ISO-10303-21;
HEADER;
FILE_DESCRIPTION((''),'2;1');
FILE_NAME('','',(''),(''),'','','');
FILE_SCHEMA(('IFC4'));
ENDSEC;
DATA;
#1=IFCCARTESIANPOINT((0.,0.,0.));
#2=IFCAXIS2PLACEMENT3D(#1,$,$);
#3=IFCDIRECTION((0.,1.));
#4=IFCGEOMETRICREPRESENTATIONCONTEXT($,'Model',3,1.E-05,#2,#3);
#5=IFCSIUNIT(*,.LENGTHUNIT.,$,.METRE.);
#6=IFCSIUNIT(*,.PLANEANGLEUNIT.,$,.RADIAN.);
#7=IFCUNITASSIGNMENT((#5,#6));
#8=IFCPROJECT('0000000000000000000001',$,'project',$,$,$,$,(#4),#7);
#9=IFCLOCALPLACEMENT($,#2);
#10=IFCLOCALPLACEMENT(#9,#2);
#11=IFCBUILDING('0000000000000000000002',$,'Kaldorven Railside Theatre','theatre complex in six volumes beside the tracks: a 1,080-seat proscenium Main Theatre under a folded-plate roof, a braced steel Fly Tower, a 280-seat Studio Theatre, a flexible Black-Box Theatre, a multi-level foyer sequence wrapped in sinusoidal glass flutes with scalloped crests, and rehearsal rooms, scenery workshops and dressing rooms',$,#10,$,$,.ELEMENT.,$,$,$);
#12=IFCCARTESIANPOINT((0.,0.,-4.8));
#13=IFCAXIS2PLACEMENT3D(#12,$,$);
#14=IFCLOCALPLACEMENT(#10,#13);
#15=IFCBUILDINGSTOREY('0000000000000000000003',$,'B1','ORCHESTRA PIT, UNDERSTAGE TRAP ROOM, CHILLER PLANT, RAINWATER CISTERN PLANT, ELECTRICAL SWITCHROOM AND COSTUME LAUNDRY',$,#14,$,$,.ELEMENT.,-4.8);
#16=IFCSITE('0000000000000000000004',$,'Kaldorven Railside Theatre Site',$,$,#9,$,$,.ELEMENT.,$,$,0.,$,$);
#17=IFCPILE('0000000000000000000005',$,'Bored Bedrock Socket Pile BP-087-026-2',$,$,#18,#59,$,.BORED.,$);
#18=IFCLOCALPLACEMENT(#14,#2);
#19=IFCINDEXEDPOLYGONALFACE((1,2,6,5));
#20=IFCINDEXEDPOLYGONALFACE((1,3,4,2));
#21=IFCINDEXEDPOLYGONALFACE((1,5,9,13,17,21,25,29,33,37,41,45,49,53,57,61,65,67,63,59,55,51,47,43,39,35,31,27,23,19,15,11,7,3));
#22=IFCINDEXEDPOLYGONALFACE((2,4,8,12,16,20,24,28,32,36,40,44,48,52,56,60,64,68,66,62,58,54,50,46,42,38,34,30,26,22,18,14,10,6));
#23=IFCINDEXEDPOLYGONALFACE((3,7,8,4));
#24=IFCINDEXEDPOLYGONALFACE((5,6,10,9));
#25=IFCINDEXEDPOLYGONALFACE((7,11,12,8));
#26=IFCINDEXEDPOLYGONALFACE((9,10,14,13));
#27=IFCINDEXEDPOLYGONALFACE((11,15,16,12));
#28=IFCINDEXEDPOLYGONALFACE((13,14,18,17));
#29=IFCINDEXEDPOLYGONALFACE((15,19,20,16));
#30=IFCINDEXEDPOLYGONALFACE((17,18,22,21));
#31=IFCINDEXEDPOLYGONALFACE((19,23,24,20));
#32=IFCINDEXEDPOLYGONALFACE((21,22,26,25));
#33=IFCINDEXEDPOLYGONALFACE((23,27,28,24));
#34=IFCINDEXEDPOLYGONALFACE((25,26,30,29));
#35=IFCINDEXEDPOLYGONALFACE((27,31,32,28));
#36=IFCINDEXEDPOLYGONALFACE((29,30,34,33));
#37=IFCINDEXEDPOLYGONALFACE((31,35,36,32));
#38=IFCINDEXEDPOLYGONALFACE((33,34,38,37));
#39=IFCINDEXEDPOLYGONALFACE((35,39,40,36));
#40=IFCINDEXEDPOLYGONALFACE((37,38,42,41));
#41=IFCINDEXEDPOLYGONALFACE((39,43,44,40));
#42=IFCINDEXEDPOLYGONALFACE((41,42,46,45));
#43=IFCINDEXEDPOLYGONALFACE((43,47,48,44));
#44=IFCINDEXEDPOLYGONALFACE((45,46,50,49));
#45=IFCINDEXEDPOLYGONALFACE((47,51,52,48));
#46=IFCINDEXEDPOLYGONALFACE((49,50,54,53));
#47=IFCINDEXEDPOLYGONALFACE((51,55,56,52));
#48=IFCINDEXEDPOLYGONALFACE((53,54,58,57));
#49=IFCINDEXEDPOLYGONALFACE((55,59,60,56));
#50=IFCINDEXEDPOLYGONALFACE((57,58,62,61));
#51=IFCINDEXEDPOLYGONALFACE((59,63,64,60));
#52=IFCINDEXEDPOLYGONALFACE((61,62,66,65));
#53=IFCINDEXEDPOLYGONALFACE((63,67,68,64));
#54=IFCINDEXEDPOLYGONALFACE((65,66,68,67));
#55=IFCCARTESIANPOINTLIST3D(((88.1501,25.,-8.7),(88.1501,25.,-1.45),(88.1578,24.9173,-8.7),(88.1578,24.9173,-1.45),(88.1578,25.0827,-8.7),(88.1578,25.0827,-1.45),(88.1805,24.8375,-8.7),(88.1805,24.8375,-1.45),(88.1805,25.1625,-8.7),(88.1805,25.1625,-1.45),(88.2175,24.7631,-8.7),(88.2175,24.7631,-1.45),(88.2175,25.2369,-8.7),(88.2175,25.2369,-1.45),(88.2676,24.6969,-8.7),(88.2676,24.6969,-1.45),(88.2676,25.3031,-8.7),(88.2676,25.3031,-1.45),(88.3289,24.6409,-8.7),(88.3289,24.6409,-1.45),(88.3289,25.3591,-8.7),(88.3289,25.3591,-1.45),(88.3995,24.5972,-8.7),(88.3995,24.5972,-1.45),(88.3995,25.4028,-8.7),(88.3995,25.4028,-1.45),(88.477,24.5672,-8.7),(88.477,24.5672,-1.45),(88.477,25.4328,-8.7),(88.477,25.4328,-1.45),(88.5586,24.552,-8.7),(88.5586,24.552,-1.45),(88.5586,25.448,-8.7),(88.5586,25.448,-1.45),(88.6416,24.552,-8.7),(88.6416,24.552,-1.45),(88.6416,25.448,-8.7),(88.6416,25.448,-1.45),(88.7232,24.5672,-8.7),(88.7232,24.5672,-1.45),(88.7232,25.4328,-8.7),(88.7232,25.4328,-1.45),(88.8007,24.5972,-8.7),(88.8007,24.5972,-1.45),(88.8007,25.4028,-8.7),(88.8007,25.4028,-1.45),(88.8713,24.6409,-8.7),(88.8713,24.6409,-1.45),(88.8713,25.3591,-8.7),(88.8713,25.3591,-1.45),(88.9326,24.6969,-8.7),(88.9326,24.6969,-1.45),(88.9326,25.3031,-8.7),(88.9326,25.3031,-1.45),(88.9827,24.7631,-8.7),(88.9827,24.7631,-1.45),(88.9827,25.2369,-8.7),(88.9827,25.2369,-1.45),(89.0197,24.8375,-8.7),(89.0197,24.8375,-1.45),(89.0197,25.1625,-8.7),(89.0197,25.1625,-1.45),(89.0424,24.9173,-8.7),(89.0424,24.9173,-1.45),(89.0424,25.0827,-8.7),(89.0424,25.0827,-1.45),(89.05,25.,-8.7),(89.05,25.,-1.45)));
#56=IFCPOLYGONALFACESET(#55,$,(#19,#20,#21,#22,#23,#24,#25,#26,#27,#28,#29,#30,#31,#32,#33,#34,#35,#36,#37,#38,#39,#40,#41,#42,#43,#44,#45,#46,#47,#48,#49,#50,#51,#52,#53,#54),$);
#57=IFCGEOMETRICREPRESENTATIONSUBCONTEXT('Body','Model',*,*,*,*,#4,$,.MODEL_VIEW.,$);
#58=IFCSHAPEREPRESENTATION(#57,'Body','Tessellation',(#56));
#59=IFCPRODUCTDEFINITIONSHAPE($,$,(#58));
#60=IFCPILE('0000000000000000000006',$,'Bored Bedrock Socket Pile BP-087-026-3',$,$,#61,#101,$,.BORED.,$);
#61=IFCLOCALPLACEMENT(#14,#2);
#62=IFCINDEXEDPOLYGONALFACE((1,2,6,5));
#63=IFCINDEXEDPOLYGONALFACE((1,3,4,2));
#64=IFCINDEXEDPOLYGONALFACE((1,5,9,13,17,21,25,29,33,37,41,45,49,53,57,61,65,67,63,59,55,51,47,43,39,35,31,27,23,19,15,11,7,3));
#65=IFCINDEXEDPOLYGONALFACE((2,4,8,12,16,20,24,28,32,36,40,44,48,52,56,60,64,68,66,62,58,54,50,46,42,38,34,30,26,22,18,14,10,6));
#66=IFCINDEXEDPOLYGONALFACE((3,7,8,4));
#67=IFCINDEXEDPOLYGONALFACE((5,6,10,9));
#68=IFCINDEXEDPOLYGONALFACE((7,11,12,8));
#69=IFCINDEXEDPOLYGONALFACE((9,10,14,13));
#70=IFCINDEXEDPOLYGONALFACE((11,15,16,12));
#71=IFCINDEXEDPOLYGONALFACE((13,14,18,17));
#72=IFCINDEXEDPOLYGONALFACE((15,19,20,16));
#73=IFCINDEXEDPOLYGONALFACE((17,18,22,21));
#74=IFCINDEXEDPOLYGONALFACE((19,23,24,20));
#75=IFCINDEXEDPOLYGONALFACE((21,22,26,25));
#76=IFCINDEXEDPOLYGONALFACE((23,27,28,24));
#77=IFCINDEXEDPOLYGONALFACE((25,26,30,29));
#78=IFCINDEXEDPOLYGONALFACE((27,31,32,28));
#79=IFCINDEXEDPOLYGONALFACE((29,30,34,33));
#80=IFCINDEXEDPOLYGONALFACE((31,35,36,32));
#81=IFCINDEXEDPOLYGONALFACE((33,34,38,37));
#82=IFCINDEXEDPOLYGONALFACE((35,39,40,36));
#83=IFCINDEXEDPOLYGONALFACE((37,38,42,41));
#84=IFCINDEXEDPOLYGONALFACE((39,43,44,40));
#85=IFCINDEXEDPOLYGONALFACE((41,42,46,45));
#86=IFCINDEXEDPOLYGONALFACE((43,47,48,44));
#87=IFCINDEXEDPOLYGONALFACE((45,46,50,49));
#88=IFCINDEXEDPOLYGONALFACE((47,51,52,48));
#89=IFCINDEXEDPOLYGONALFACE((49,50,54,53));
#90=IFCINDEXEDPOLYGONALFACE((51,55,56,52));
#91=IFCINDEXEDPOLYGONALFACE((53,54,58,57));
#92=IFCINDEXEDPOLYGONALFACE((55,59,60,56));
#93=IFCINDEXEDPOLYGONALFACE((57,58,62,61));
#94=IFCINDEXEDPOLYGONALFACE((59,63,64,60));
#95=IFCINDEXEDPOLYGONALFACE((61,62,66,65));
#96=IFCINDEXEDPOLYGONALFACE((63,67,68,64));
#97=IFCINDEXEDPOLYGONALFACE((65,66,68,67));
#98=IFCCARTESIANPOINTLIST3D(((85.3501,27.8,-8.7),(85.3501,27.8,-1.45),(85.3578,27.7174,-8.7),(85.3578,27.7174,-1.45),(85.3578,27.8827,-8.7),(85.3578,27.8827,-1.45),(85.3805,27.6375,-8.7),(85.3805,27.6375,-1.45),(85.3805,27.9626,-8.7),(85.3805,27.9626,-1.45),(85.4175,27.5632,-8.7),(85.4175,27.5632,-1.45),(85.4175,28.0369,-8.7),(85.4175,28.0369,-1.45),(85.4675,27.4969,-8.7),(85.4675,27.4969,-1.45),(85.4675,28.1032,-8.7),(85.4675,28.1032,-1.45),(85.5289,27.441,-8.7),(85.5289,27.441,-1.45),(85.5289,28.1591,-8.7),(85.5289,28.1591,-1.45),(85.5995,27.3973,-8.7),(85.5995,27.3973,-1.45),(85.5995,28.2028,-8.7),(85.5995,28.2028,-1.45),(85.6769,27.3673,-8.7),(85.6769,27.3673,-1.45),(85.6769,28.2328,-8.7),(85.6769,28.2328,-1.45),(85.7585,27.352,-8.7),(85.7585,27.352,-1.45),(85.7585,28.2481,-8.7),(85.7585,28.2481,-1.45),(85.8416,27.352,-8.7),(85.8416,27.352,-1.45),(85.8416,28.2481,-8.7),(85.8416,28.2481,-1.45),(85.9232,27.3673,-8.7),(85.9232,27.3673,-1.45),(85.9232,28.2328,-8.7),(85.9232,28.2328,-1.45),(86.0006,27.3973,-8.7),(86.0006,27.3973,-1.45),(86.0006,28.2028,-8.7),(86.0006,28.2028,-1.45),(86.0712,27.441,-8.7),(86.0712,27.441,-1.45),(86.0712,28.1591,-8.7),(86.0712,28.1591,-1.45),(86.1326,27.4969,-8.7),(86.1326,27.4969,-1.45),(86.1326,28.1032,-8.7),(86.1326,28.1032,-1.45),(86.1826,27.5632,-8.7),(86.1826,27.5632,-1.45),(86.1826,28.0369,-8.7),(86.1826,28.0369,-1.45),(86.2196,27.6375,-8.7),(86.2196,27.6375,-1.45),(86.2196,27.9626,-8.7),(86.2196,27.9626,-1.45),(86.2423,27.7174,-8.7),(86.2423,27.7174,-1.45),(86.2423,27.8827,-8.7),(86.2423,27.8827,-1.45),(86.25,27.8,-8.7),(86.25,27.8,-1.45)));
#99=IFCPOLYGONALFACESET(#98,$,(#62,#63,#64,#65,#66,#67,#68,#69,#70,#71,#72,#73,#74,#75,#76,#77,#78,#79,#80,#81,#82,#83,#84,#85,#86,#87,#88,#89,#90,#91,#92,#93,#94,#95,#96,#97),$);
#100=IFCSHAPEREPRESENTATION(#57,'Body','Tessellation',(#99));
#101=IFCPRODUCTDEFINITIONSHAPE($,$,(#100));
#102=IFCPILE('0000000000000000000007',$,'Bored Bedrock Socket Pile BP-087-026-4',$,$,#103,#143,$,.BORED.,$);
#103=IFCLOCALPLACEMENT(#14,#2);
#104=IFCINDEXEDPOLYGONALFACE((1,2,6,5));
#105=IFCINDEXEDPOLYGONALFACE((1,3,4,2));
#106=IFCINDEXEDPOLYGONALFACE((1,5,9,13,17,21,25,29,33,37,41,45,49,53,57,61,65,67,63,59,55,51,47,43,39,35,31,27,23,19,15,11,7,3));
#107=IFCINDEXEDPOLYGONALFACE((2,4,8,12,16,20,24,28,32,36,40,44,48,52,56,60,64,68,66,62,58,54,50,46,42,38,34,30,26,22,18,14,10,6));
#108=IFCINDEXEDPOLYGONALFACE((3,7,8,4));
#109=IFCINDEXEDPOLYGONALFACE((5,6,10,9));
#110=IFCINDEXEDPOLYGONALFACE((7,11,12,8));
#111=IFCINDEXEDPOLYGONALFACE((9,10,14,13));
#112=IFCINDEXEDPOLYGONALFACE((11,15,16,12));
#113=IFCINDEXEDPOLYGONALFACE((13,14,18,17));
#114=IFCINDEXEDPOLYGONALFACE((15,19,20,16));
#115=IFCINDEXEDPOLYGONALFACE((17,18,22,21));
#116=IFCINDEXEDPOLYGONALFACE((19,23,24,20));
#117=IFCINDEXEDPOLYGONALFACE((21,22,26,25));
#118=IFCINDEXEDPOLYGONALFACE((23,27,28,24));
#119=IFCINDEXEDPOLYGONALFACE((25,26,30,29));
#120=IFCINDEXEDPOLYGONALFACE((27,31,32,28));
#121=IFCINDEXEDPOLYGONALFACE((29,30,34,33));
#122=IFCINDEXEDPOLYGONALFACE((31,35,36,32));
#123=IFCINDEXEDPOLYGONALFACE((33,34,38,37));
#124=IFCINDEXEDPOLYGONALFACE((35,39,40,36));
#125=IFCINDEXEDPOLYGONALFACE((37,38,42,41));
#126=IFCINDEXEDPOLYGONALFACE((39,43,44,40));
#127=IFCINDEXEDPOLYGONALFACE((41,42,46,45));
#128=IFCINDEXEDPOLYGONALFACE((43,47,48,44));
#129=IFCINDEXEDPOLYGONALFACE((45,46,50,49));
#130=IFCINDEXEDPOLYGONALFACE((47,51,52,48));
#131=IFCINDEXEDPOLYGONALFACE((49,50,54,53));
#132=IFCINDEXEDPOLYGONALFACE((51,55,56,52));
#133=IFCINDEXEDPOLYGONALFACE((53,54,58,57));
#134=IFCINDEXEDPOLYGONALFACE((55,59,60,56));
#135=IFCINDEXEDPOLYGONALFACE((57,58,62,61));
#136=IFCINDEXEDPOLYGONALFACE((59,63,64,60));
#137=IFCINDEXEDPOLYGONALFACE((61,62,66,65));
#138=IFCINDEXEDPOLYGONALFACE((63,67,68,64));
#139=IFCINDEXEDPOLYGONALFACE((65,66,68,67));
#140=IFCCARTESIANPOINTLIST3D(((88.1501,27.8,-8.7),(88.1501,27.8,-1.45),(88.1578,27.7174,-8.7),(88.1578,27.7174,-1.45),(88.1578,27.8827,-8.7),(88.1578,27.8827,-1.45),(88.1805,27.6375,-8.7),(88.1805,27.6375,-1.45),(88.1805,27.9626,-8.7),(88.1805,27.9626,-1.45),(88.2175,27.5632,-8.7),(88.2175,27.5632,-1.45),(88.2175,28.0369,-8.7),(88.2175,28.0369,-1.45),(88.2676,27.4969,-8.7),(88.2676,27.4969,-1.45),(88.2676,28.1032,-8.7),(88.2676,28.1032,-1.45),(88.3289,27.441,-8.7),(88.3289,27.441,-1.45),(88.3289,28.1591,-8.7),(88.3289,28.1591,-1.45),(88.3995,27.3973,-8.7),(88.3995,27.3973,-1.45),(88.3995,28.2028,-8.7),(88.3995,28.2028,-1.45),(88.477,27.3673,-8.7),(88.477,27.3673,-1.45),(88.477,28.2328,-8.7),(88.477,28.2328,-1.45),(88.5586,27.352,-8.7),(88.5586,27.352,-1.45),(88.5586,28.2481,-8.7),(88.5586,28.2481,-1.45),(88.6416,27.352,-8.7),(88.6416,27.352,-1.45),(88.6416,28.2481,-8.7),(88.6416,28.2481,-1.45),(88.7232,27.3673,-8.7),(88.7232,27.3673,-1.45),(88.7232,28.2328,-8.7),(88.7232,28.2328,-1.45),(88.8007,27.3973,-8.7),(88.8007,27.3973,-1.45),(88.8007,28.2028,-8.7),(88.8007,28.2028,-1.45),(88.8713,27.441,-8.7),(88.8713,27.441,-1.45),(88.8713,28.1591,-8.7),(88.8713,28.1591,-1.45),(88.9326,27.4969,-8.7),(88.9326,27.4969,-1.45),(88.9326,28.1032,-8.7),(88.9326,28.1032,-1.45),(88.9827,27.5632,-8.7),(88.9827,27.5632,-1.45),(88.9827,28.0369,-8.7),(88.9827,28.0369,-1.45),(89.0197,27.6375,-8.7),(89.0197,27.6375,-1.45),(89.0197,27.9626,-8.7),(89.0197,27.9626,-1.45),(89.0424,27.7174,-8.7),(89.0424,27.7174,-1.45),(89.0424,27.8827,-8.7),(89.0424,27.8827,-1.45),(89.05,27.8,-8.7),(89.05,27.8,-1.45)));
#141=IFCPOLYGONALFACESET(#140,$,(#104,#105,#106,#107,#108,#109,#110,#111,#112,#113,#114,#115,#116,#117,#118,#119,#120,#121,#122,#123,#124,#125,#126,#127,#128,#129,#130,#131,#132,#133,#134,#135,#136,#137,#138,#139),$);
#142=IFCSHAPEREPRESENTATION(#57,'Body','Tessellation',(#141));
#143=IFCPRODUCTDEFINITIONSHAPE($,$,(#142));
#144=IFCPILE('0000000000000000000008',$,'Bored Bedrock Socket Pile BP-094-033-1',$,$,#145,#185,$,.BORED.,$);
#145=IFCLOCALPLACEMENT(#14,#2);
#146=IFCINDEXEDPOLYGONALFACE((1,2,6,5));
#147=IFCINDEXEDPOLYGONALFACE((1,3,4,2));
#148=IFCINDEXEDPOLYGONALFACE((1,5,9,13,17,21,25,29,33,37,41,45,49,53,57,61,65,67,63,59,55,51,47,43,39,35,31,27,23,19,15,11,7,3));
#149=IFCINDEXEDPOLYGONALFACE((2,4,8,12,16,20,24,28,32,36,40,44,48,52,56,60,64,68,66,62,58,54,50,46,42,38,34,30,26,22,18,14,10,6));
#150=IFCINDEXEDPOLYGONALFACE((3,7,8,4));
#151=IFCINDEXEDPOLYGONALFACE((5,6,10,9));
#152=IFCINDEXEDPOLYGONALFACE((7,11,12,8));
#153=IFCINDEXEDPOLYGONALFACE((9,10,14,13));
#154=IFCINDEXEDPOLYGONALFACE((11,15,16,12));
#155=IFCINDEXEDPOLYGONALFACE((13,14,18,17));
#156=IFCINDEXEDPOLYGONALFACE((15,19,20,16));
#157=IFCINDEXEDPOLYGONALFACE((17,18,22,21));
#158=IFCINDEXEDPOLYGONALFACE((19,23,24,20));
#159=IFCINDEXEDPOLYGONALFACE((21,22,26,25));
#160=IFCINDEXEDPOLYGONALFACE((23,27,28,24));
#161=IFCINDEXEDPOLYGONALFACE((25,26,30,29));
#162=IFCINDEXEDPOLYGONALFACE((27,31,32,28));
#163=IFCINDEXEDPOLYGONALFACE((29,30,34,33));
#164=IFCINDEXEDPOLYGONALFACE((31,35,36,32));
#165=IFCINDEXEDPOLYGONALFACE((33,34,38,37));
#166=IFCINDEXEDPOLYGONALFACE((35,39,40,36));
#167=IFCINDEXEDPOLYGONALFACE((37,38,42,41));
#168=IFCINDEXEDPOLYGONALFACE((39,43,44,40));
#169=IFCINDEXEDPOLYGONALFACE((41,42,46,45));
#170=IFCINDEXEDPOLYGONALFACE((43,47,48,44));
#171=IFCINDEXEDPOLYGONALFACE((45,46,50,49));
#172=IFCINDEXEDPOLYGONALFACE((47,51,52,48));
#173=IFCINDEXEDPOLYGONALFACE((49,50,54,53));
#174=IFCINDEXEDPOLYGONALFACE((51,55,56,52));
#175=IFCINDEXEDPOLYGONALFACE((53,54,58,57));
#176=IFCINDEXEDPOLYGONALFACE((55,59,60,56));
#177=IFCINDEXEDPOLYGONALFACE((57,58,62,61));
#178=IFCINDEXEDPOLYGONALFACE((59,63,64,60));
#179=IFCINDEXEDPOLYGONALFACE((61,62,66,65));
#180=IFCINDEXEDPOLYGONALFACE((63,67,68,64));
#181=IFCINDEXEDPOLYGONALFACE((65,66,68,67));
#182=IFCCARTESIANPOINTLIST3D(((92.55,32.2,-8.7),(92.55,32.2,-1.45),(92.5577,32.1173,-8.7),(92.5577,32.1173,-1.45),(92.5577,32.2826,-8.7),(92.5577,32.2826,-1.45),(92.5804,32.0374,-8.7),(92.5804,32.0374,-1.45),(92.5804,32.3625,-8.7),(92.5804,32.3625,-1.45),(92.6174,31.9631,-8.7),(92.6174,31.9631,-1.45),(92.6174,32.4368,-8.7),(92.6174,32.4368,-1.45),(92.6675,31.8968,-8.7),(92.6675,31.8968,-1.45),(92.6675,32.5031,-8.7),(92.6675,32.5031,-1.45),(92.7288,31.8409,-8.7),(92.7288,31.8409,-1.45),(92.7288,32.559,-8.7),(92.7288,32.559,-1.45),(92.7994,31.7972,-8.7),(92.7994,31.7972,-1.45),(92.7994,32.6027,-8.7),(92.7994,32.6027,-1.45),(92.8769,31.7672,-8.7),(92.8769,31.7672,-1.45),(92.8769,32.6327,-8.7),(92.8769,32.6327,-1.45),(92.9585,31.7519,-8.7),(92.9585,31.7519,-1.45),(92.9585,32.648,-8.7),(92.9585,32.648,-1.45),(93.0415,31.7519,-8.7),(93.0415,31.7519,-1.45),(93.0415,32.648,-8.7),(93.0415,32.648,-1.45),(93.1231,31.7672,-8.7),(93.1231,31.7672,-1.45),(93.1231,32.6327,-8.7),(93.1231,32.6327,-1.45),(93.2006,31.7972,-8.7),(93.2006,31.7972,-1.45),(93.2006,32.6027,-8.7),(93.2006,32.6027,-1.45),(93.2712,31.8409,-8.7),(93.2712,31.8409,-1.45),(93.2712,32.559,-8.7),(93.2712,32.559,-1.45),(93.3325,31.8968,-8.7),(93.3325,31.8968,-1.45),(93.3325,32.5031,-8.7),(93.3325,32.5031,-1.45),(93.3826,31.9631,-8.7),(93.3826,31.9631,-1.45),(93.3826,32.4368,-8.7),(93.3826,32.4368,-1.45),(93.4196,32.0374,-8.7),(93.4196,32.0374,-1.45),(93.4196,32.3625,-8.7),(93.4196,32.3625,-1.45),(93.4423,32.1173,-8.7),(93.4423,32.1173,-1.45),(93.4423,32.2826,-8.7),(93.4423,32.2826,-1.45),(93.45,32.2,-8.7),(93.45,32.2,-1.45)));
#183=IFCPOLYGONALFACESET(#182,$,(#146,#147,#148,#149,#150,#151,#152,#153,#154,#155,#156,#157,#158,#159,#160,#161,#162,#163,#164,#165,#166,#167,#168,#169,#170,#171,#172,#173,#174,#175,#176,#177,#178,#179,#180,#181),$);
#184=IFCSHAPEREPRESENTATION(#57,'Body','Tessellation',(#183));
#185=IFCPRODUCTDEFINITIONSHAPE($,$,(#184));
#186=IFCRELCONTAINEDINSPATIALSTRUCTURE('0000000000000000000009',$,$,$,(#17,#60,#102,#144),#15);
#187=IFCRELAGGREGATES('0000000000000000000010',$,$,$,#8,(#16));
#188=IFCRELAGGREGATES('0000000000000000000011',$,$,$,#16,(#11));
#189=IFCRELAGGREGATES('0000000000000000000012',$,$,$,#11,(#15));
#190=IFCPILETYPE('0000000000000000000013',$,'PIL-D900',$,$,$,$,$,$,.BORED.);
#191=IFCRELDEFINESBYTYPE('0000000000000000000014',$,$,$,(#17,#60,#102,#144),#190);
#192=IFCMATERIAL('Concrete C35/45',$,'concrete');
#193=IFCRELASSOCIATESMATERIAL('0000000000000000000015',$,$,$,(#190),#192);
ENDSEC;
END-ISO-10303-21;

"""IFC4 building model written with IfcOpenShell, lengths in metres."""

from ifc_helpers import new_model, si_unit, direction, frame, origin, origin_2d, place, context, subcontext, project, spatial, circle, extrude, material, material_profile, profile_set, type_object, element, save


model = new_model("IFC4")

# Units and contexts
model_context = context("Model", 3, precision=1e-05, world=origin(), true_north=direction((0.0, 1.0)))
body_context = subcontext(model_context, "Body", "Model", "MODEL_VIEW")
ifc_project = project(units=[si_unit("LENGTHUNIT", "METRE"), si_unit("PLANEANGLEUNIT", "RADIAN")], contexts=[model_context])

# Site, building, storey
site_placement = place(None, origin())
site = spatial("IfcSite", under=ifc_project, at=site_placement, Name="Kaldorven Railside Theatre Site", CompositionType="ELEMENT", RefElevation=0.0)
building_placement = place(site_placement, origin())
building = spatial("IfcBuilding", under=site, at=building_placement, Name="Kaldorven Railside Theatre", Description="theatre complex in six volumes beside the tracks: a 1,080-seat proscenium Main Theatre under a folded-plate roof, a braced steel Fly Tower, a 280-seat Studio Theatre, a flexible Black-Box Theatre, a multi-level foyer sequence wrapped in sinusoidal glass flutes with scalloped crests, and rehearsal rooms, scenery workshops and dressing rooms", CompositionType="ELEMENT")
storey_placement = place(building_placement, frame((0.0, 0.0, -4.8)))
storey = spatial("IfcBuildingStorey", under=building, at=storey_placement, Name="B1", Description="ORCHESTRA PIT, UNDERSTAGE TRAP ROOM, CHILLER PLANT, RAINWATER CISTERN PLANT, ELECTRICAL SWITCHROOM AND COSTUME LAUNDRY", CompositionType="ELEMENT", Elevation=-4.8)

# Piles
ifc_material_1 = material(Name="Concrete C35/45", Category="concrete")
ifc_material_profile_1 = material_profile(ifc_material_1, circle(Radius=0.45, at=origin_2d()), Name="BP D900")
ifc_profile_set_1 = profile_set([ifc_material_profile_1], Name="Concrete C35/45")
pile_type_1 = type_object("IfcPileType", Name="PIL-D900", PredefinedType="BORED", material=ifc_profile_set_1)
for number, where, z_axis, x_axis, name in (
    (1, (88.6001, 25.0, -1.45), (0.0, 0.0, -1.0), (1.0, 0.0, 0.0), "Bored Bedrock Socket Pile BP-087-026-2"),
    (2, (85.8, 27.8, -1.45), (0.0, 0.0, -1.0), (1.0, 0.0, 0.0), "Bored Bedrock Socket Pile BP-087-026-3"),
    (3, (88.6001, 27.8, -1.45), (0.0, 0.0, -1.0), (1.0, 0.0, 0.0), "Bored Bedrock Socket Pile BP-087-026-4"),
    (4, (93.0, 32.2, -1.45), (0.0, 0.0, -1.0), (1.0, 0.0, 0.0), "Bored Bedrock Socket Pile BP-094-033-1"),
):
    element("IfcPile", number, at=place(storey_placement, frame(where, z_axis=z_axis, x_axis=x_axis)), inside=storey, type_object=pile_type_1, Name=name, PredefinedType="BORED", context=body_context, shape_type="SweptSolid", body=[
        extrude(circle(Radius=0.45, at=origin_2d()), origin(), (0.0, 0.0, 1.0), 7.25),
    ])

save(model, "model.ifc")
